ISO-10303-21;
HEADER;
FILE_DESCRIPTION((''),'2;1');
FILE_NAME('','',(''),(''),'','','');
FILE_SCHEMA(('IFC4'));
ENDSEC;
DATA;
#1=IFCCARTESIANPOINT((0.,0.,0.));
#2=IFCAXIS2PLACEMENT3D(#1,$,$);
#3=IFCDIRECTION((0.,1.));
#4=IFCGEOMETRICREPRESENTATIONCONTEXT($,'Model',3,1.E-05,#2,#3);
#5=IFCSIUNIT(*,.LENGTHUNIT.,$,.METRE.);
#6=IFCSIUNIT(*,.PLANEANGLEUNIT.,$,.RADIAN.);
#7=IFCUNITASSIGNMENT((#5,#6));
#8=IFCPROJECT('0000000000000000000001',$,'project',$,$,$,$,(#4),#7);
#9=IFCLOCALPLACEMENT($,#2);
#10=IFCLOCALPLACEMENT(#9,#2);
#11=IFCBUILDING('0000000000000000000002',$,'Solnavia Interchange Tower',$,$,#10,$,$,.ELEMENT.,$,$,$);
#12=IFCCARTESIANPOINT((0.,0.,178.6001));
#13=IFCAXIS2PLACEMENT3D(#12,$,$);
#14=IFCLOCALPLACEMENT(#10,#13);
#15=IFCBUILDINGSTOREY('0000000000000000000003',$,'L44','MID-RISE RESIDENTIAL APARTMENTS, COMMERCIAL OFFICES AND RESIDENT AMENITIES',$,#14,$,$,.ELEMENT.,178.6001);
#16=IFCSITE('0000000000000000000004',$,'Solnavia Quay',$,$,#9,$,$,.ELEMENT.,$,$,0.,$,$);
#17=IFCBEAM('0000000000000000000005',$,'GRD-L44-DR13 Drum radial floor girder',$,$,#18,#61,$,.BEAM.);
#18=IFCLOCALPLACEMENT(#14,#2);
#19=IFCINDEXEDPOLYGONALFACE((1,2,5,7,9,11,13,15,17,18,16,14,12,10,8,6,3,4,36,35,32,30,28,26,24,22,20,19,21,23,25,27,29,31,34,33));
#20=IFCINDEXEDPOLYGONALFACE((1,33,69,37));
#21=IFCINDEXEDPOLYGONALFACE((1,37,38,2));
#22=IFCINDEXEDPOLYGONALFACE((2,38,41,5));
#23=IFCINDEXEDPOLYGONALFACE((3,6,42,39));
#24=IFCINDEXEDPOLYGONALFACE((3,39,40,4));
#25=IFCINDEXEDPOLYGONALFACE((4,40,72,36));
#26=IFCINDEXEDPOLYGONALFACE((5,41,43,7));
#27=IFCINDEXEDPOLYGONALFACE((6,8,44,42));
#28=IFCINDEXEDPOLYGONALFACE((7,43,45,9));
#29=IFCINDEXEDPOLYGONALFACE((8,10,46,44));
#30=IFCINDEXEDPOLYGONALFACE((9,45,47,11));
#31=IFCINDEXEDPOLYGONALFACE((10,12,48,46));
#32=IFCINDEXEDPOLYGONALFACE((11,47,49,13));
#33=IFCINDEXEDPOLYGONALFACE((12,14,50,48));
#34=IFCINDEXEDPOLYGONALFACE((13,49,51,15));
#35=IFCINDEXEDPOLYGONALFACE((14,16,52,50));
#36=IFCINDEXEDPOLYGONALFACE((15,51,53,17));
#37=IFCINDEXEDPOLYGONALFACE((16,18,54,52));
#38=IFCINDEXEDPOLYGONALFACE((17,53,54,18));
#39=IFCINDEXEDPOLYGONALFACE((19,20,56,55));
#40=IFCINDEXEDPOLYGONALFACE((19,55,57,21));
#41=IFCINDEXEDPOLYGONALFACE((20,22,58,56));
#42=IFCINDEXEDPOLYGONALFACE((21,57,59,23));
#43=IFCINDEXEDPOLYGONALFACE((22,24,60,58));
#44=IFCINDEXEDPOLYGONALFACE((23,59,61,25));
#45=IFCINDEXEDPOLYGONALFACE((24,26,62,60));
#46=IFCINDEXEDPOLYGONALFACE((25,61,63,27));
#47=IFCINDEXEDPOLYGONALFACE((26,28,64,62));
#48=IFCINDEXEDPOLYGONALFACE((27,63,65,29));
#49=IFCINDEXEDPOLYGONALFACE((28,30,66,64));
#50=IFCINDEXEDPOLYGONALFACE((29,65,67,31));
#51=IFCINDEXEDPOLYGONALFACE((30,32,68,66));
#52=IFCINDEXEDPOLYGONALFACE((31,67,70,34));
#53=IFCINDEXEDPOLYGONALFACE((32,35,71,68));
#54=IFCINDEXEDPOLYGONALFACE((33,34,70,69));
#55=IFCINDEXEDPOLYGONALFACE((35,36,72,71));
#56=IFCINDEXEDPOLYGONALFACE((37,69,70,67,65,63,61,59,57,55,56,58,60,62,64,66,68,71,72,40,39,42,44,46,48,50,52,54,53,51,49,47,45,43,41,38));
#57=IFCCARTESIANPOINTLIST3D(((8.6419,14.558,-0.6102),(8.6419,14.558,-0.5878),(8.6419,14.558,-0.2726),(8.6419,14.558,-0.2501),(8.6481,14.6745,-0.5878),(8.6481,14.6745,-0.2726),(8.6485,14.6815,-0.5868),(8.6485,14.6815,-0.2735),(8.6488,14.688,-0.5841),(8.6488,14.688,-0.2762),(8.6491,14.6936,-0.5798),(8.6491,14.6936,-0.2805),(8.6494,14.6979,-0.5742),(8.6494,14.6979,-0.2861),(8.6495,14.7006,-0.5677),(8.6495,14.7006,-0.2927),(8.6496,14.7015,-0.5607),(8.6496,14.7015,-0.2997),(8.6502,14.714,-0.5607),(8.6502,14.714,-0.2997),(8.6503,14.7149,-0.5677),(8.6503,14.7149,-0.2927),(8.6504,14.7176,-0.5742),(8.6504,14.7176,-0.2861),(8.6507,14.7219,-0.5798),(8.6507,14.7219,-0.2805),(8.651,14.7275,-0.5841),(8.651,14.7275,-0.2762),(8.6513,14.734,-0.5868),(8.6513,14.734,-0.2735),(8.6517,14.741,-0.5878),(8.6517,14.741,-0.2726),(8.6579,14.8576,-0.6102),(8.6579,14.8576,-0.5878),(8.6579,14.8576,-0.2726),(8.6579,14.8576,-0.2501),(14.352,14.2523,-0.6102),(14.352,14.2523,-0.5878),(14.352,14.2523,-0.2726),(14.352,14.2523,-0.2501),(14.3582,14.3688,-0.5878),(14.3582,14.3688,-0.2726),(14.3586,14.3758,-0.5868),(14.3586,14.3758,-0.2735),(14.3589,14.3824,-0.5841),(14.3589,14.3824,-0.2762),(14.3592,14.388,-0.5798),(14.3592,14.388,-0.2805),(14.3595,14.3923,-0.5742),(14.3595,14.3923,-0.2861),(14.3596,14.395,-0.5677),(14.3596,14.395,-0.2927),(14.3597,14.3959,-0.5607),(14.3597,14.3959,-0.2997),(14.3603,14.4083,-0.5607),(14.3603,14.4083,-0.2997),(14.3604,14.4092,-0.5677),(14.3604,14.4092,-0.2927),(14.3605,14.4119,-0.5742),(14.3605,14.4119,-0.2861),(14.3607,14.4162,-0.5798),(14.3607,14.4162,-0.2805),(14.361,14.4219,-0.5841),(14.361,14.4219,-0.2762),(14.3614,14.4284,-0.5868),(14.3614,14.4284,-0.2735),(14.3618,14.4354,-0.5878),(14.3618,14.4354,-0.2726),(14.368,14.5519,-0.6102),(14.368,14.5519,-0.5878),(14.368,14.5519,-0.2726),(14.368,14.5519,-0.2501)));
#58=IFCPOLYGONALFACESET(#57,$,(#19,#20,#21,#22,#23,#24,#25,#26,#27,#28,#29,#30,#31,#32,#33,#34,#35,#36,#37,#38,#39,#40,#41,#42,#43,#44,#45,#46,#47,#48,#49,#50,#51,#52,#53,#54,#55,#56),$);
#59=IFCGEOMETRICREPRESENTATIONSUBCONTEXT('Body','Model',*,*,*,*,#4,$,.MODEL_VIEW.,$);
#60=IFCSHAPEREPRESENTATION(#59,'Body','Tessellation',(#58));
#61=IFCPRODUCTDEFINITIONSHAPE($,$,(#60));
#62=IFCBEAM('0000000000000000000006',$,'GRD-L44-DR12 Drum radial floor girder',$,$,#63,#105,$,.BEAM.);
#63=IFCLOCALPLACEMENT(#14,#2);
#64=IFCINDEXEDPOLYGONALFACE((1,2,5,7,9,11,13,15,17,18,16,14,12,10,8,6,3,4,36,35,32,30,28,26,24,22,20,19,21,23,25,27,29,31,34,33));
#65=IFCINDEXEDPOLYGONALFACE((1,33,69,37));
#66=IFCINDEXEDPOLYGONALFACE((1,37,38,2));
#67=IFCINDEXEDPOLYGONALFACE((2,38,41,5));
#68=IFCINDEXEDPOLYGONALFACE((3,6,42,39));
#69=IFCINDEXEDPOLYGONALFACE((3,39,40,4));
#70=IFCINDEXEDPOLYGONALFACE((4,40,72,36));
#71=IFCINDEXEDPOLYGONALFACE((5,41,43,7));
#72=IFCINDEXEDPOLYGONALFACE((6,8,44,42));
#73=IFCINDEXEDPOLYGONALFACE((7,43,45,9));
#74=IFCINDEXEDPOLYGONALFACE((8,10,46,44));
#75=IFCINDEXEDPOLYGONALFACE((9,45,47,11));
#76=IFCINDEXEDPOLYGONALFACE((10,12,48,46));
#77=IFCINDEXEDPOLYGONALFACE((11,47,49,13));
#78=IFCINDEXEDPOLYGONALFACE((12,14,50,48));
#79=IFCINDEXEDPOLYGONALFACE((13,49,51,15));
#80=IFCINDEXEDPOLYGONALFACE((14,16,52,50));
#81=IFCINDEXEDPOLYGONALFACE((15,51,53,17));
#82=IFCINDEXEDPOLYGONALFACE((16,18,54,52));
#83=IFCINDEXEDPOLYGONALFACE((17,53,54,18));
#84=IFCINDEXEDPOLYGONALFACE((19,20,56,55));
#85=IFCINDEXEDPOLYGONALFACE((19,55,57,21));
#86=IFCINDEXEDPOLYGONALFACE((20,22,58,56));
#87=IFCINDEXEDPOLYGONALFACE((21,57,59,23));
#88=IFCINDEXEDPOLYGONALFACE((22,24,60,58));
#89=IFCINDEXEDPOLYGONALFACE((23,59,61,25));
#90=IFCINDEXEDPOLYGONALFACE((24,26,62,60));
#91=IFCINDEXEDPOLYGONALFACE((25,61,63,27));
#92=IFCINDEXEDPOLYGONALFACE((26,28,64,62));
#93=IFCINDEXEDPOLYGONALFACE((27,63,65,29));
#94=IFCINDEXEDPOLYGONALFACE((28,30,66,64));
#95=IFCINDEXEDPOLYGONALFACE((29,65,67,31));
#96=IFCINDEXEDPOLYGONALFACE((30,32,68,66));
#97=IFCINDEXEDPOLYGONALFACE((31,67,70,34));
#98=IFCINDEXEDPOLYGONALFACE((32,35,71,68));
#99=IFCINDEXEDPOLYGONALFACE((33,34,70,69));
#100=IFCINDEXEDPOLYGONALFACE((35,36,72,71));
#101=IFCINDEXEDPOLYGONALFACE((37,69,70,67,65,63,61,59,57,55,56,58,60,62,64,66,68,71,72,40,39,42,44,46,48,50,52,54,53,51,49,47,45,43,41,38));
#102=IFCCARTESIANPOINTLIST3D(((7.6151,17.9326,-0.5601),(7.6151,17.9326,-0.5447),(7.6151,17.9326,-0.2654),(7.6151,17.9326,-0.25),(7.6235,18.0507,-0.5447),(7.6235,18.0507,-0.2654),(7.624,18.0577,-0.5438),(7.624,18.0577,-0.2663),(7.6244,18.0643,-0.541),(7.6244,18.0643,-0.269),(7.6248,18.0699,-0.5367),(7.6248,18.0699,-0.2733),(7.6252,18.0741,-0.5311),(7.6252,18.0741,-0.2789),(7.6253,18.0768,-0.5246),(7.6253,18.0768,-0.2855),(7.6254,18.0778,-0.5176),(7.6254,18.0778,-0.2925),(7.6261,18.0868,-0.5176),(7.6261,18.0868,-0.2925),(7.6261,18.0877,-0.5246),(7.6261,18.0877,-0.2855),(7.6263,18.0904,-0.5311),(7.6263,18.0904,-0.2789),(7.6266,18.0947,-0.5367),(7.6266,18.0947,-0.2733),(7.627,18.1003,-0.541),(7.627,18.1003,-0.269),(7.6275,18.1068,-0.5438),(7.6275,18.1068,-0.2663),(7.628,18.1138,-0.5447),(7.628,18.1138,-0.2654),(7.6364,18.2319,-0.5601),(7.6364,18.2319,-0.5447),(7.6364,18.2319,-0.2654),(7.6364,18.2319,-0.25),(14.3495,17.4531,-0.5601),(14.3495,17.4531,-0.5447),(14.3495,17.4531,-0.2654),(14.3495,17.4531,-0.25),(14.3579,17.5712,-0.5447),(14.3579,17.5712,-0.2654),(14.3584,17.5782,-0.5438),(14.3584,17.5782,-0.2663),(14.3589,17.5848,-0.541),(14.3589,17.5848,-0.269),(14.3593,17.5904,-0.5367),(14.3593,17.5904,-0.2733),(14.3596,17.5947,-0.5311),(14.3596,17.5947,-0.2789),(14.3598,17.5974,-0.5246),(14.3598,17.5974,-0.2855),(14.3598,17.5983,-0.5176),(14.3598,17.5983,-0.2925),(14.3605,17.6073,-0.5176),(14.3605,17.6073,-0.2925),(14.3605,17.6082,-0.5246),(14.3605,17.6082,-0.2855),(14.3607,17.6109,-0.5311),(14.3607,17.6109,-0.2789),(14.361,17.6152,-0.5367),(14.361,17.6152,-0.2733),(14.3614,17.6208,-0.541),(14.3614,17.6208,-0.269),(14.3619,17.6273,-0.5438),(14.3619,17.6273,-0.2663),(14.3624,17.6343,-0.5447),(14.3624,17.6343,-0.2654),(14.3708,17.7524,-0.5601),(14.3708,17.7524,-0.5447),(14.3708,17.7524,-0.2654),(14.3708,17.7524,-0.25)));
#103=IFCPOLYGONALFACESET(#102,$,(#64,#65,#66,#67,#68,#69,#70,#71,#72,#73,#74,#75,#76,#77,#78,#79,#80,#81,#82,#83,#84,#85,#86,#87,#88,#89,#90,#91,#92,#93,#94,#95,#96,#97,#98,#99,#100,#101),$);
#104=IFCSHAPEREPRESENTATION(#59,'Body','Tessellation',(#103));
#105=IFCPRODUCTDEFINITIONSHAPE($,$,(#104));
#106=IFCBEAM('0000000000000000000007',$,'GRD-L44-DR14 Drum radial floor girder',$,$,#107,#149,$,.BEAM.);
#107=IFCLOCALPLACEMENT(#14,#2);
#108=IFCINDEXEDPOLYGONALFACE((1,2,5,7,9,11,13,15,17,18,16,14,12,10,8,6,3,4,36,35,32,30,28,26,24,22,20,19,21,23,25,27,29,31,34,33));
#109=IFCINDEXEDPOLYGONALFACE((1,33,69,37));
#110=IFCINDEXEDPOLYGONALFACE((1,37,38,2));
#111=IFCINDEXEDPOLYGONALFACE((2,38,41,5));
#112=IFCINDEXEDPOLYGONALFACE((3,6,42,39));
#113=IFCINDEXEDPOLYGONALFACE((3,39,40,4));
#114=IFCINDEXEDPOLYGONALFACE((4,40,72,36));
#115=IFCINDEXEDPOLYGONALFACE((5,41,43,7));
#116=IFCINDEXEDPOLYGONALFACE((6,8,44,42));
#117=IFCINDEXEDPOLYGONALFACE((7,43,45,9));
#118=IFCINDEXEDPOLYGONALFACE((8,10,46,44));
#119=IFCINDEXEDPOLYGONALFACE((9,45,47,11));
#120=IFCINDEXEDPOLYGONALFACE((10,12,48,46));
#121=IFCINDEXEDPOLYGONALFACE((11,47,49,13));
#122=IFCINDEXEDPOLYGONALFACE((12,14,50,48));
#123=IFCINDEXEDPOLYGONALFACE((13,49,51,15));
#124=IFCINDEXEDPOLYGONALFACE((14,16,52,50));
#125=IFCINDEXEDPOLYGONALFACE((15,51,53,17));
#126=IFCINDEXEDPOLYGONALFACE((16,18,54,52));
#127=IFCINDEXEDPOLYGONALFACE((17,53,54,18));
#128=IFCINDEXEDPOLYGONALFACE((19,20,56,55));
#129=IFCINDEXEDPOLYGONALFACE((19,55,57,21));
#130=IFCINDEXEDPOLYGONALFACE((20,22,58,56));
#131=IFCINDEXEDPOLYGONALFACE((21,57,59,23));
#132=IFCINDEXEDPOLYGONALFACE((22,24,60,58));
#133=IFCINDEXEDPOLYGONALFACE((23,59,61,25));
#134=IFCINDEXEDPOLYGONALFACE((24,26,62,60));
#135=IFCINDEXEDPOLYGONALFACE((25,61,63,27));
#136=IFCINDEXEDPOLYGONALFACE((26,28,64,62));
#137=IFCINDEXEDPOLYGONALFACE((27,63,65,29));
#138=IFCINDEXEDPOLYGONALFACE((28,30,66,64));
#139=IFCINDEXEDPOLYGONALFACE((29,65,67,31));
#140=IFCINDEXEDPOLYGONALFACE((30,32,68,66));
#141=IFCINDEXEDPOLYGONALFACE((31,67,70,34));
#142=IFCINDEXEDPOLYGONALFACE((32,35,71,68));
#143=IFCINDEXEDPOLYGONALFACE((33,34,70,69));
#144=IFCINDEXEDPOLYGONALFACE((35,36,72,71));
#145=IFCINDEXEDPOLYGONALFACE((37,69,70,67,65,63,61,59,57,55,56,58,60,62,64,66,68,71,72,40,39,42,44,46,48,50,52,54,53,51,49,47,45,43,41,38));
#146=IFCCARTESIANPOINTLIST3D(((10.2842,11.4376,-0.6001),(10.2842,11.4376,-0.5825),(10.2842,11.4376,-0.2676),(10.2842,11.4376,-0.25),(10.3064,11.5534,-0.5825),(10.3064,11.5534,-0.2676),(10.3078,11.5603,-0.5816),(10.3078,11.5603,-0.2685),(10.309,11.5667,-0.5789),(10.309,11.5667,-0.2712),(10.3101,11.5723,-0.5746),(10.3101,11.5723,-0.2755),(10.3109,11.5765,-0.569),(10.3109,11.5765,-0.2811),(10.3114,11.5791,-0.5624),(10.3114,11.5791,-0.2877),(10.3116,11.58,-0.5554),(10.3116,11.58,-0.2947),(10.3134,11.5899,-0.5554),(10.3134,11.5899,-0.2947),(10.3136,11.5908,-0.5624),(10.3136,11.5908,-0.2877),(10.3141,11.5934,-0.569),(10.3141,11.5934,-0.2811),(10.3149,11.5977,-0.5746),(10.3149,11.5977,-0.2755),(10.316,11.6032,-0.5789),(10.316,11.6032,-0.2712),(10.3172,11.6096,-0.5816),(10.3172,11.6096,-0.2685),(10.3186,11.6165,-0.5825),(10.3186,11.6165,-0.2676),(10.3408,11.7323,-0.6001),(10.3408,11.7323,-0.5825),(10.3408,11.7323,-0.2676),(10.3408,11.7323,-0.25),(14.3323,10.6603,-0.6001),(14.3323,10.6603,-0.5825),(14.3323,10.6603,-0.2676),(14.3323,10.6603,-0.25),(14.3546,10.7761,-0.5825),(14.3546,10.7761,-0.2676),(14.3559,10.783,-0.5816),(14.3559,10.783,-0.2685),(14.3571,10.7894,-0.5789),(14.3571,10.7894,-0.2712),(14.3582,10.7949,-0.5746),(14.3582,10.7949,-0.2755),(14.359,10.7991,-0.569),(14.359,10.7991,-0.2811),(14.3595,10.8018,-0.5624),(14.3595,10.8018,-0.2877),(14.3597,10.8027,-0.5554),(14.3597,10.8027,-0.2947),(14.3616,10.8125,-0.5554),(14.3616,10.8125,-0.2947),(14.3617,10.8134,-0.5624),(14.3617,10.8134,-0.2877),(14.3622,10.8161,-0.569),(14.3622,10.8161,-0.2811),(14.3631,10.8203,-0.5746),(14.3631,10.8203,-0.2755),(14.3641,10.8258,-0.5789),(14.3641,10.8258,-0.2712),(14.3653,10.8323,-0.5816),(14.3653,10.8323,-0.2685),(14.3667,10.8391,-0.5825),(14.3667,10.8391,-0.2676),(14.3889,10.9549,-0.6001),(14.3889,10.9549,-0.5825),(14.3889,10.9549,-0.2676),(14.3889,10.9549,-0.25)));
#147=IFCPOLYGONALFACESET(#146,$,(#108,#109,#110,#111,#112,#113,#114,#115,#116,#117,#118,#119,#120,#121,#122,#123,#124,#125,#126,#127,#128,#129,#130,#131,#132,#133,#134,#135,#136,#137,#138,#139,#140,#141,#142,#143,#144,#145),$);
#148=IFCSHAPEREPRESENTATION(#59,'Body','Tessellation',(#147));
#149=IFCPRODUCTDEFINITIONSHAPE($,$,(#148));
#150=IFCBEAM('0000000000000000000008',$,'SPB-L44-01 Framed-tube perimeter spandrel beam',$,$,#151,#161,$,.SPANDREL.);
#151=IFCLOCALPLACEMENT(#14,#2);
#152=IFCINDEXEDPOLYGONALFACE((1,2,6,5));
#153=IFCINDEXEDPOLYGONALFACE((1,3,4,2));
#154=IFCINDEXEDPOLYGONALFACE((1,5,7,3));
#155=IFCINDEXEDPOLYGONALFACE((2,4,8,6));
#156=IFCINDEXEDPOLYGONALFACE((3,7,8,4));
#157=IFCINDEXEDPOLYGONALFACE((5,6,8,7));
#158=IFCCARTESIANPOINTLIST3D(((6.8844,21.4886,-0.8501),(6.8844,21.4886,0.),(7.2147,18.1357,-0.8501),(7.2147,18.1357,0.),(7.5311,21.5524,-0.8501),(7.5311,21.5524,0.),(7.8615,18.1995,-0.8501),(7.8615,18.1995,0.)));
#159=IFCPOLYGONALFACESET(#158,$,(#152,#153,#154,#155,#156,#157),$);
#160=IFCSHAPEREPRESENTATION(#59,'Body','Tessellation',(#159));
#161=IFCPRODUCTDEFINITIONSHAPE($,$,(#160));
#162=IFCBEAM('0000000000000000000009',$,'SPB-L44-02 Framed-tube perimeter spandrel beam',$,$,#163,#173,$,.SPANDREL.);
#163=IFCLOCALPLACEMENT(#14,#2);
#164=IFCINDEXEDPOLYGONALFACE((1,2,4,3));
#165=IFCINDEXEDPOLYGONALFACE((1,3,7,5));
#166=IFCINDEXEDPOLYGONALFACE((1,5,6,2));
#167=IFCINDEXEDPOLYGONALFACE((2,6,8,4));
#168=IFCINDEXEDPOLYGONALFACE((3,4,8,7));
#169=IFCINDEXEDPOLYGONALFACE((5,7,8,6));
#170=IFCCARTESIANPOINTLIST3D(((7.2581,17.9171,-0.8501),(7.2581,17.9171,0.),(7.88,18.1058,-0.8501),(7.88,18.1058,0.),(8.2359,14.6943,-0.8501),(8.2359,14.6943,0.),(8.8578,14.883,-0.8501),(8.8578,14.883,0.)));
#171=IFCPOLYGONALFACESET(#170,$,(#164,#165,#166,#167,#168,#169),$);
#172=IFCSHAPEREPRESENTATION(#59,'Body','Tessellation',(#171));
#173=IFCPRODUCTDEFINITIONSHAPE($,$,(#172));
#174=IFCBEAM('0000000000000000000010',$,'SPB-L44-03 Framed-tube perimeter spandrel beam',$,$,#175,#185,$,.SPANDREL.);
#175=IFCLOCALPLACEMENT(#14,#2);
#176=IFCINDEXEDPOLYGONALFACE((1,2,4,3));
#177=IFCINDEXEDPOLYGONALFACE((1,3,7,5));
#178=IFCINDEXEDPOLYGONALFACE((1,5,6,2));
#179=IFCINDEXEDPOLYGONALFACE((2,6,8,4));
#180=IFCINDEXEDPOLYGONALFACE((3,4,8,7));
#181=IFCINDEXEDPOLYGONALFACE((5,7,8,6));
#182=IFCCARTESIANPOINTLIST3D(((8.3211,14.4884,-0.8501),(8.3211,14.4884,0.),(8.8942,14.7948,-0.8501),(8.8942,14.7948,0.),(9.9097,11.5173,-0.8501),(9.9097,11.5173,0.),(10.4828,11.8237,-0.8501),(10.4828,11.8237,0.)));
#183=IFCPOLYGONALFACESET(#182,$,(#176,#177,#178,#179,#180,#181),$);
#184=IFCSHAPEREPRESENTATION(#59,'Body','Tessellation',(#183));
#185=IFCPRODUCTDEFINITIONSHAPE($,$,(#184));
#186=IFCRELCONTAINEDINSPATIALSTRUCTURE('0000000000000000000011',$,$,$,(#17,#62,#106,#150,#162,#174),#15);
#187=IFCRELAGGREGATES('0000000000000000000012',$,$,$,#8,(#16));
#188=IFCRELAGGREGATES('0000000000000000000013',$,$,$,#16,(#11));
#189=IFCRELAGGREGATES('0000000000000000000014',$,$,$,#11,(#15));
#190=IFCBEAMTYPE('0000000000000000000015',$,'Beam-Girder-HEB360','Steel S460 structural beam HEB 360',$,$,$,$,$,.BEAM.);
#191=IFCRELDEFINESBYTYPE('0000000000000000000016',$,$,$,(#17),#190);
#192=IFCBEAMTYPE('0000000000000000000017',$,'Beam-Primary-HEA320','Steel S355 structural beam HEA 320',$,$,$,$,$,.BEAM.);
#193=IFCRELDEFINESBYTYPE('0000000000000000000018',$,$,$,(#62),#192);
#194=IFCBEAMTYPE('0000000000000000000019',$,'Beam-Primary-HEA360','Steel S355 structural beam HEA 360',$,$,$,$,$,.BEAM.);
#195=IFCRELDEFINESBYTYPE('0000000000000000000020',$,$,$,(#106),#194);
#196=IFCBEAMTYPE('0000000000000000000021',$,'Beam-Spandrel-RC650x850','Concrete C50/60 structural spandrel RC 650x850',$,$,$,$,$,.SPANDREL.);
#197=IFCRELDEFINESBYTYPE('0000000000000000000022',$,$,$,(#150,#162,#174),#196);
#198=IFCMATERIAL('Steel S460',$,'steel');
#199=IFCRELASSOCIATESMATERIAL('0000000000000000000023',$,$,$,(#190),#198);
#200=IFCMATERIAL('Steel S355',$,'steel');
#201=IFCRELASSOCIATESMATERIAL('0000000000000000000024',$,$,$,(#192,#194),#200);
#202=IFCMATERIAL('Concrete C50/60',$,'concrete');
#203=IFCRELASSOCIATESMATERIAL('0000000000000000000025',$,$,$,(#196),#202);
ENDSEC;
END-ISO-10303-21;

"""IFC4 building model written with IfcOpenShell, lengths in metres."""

from ifc_helpers import new_model, si_unit, direction, frame, origin, origin_2d, place, context, subcontext, project, spatial, rectangle, i_section, extrude, material, material_profile, profile_set, type_object, element, save


model = new_model("IFC4")

# Units and contexts
model_context = context("Model", 3, precision=1e-05, world=origin(), true_north=direction((0.0, 1.0)))
body_context = subcontext(model_context, "Body", "Model", "MODEL_VIEW")
ifc_project = project(units=[si_unit("LENGTHUNIT", "METRE"), si_unit("PLANEANGLEUNIT", "RADIAN")], contexts=[model_context])

# Site, building, storey
site_placement = place(None, origin())
site = spatial("IfcSite", under=ifc_project, at=site_placement, Name="Solnavia Quay", CompositionType="ELEMENT", RefElevation=0.0)
building_placement = place(site_placement, origin())
building = spatial("IfcBuilding", under=site, at=building_placement, Name="Solnavia Interchange Tower", CompositionType="ELEMENT")
storey_placement = place(building_placement, frame((0.0, 0.0, 178.6001)))
storey = spatial("IfcBuildingStorey", under=building, at=storey_placement, Name="L44", Description="MID-RISE RESIDENTIAL APARTMENTS, COMMERCIAL OFFICES AND RESIDENT AMENITIES", CompositionType="ELEMENT", Elevation=178.6001)

# Shared definitions
ifc_material_1 = material(Name="Concrete C50/60", Category="concrete")

# Beams
ifc_material_2 = material(Name="Steel S460", Category="steel")
ifc_material_profile_1 = material_profile(ifc_material_2, i_section(OverallWidth=0.3, OverallDepth=0.3601, WebThickness=0.0125, FlangeThickness=0.0225, FilletRadius=0.0271, at=origin_2d()), Name="HEB 360")
ifc_profile_set_1 = profile_set([ifc_material_profile_1], Name="Steel S460")
beam_type_1 = type_object("IfcBeamType", Name="Beam-Girder-HEB360", Description="Steel S460 structural beam HEB 360", PredefinedType="BEAM", material=ifc_profile_set_1)
beam_1_placement = place(storey_placement, frame((8.6499, 14.7078, -0.4302), z_axis=(0.99857, -0.053453, 0.0), x_axis=(0.053453, 0.99857, 0.0)))
element("IfcBeam", 1, at=beam_1_placement, inside=storey, type_object=beam_type_1, Name="GRD-L44-DR13 Drum radial floor girder", PredefinedType="BEAM", context=body_context, shape_type="SweptSolid", body=[
    extrude(i_section(OverallWidth=0.3, OverallDepth=0.3601, WebThickness=0.0125, FlangeThickness=0.0225, FilletRadius=0.0271, at=origin_2d()), origin(), (0.0, 0.0, 1.0), 5.7183),
])
ifc_material_3 = material(Name="Steel S355", Category="steel")
ifc_material_profile_2 = material_profile(ifc_material_3, i_section(OverallWidth=0.3, OverallDepth=0.3101, WebThickness=0.009, FlangeThickness=0.0154, FilletRadius=0.0271, at=origin_2d()), Name="HEA 320")
ifc_profile_set_2 = profile_set([ifc_material_profile_2], Name="Steel S355")
beam_type_2 = type_object("IfcBeamType", Name="Beam-Primary-HEA320", Description="Steel S355 structural beam HEA 320", PredefinedType="BEAM", material=ifc_profile_set_2)
beam_2_placement = place(storey_placement, frame((7.6257, 18.0823, -0.405), z_axis=(0.997475, -0.071021, 0.0), x_axis=(0.071021, 0.997475, 0.0)))
element("IfcBeam", 2, at=beam_2_placement, inside=storey, type_object=beam_type_2, Name="GRD-L44-DR12 Drum radial floor girder", PredefinedType="BEAM", context=body_context, shape_type="SweptSolid", body=[
    extrude(i_section(OverallWidth=0.3, OverallDepth=0.3101, WebThickness=0.009, FlangeThickness=0.0154, FilletRadius=0.0271, at=origin_2d()), origin(), (0.0, 0.0, 1.0), 6.7515),
])
ifc_material_profile_3 = material_profile(ifc_material_3, i_section(OverallWidth=0.3, OverallDepth=0.3501, WebThickness=0.01, FlangeThickness=0.0176, FilletRadius=0.0271, at=origin_2d()), Name="HEA 360")
ifc_profile_set_3 = profile_set([ifc_material_profile_3], Name="Steel S355")
beam_type_3 = type_object("IfcBeamType", Name="Beam-Primary-HEA360", Description="Steel S355 structural beam HEA 360", PredefinedType="BEAM", material=ifc_profile_set_3)
beam_3_placement = place(storey_placement, frame((10.3125, 11.585, -0.425), z_axis=(0.982058, -0.188582, 0.0), x_axis=(0.188582, 0.982058, 0.0)))
element("IfcBeam", 3, at=beam_3_placement, inside=storey, type_object=beam_type_3, Name="GRD-L44-DR14 Drum radial floor girder", PredefinedType="BEAM", context=body_context, shape_type="SweptSolid", body=[
    extrude(i_section(OverallWidth=0.3, OverallDepth=0.3501, WebThickness=0.01, FlangeThickness=0.0176, FilletRadius=0.0271, at=origin_2d()), origin(), (0.0, 0.0, 1.0), 4.1221),
])
ifc_material_profile_4 = material_profile(ifc_material_1, rectangle(XDim=0.6499, YDim=0.8501, at=origin_2d()), Name="RC 650x850")
ifc_profile_set_4 = profile_set([ifc_material_profile_4], Name="Concrete C50/60")
beam_type_4 = type_object("IfcBeamType", Name="Beam-Spandrel-RC650x850", Description="Concrete C50/60 structural spandrel RC 650x850", PredefinedType="SPANDREL", material=ifc_profile_set_4)
beam_4_placement = place(storey_placement, frame((7.2078, 21.5205, -0.425), z_axis=(0.09804, -0.995182, 0.0), x_axis=(0.995182, 0.09804, 0.0)))
element("IfcBeam", 4, at=beam_4_placement, inside=storey, type_object=beam_type_4, Name="SPB-L44-01 Framed-tube perimeter spandrel beam", PredefinedType="SPANDREL", context=body_context, shape_type="SweptSolid", body=[
    extrude(rectangle(XDim=0.6499, YDim=0.8501, at=origin_2d()), origin(), (0.0, 0.0, 1.0), 3.3691),
])
beam_5_placement = place(storey_placement, frame((7.5691, 18.0115, -0.425), z_axis=(0.290319, -0.95693, 0.0), x_axis=(0.95693, 0.290319, 0.0)))
element("IfcBeam", 5, at=beam_5_placement, inside=storey, type_object=beam_type_4, Name="SPB-L44-02 Framed-tube perimeter spandrel beam", PredefinedType="SPANDREL", context=body_context, shape_type="SweptSolid", body=[
    extrude(rectangle(XDim=0.6499, YDim=0.8501, at=origin_2d()), origin(), (0.0, 0.0, 1.0), 3.3679),
])
beam_6_placement = place(storey_placement, frame((8.6077, 14.6416, -0.425), z_axis=(0.471509, -0.881861, 0.0), x_axis=(0.881861, 0.471509, 0.0)))
element("IfcBeam", 6, at=beam_6_placement, inside=storey, type_object=beam_type_4, Name="SPB-L44-03 Framed-tube perimeter spandrel beam", PredefinedType="SPANDREL", context=body_context, shape_type="SweptSolid", body=[
    extrude(rectangle(XDim=0.6499, YDim=0.8501, at=origin_2d()), origin(), (0.0, 0.0, 1.0), 3.3691),
])

save(model, "model.ifc")
